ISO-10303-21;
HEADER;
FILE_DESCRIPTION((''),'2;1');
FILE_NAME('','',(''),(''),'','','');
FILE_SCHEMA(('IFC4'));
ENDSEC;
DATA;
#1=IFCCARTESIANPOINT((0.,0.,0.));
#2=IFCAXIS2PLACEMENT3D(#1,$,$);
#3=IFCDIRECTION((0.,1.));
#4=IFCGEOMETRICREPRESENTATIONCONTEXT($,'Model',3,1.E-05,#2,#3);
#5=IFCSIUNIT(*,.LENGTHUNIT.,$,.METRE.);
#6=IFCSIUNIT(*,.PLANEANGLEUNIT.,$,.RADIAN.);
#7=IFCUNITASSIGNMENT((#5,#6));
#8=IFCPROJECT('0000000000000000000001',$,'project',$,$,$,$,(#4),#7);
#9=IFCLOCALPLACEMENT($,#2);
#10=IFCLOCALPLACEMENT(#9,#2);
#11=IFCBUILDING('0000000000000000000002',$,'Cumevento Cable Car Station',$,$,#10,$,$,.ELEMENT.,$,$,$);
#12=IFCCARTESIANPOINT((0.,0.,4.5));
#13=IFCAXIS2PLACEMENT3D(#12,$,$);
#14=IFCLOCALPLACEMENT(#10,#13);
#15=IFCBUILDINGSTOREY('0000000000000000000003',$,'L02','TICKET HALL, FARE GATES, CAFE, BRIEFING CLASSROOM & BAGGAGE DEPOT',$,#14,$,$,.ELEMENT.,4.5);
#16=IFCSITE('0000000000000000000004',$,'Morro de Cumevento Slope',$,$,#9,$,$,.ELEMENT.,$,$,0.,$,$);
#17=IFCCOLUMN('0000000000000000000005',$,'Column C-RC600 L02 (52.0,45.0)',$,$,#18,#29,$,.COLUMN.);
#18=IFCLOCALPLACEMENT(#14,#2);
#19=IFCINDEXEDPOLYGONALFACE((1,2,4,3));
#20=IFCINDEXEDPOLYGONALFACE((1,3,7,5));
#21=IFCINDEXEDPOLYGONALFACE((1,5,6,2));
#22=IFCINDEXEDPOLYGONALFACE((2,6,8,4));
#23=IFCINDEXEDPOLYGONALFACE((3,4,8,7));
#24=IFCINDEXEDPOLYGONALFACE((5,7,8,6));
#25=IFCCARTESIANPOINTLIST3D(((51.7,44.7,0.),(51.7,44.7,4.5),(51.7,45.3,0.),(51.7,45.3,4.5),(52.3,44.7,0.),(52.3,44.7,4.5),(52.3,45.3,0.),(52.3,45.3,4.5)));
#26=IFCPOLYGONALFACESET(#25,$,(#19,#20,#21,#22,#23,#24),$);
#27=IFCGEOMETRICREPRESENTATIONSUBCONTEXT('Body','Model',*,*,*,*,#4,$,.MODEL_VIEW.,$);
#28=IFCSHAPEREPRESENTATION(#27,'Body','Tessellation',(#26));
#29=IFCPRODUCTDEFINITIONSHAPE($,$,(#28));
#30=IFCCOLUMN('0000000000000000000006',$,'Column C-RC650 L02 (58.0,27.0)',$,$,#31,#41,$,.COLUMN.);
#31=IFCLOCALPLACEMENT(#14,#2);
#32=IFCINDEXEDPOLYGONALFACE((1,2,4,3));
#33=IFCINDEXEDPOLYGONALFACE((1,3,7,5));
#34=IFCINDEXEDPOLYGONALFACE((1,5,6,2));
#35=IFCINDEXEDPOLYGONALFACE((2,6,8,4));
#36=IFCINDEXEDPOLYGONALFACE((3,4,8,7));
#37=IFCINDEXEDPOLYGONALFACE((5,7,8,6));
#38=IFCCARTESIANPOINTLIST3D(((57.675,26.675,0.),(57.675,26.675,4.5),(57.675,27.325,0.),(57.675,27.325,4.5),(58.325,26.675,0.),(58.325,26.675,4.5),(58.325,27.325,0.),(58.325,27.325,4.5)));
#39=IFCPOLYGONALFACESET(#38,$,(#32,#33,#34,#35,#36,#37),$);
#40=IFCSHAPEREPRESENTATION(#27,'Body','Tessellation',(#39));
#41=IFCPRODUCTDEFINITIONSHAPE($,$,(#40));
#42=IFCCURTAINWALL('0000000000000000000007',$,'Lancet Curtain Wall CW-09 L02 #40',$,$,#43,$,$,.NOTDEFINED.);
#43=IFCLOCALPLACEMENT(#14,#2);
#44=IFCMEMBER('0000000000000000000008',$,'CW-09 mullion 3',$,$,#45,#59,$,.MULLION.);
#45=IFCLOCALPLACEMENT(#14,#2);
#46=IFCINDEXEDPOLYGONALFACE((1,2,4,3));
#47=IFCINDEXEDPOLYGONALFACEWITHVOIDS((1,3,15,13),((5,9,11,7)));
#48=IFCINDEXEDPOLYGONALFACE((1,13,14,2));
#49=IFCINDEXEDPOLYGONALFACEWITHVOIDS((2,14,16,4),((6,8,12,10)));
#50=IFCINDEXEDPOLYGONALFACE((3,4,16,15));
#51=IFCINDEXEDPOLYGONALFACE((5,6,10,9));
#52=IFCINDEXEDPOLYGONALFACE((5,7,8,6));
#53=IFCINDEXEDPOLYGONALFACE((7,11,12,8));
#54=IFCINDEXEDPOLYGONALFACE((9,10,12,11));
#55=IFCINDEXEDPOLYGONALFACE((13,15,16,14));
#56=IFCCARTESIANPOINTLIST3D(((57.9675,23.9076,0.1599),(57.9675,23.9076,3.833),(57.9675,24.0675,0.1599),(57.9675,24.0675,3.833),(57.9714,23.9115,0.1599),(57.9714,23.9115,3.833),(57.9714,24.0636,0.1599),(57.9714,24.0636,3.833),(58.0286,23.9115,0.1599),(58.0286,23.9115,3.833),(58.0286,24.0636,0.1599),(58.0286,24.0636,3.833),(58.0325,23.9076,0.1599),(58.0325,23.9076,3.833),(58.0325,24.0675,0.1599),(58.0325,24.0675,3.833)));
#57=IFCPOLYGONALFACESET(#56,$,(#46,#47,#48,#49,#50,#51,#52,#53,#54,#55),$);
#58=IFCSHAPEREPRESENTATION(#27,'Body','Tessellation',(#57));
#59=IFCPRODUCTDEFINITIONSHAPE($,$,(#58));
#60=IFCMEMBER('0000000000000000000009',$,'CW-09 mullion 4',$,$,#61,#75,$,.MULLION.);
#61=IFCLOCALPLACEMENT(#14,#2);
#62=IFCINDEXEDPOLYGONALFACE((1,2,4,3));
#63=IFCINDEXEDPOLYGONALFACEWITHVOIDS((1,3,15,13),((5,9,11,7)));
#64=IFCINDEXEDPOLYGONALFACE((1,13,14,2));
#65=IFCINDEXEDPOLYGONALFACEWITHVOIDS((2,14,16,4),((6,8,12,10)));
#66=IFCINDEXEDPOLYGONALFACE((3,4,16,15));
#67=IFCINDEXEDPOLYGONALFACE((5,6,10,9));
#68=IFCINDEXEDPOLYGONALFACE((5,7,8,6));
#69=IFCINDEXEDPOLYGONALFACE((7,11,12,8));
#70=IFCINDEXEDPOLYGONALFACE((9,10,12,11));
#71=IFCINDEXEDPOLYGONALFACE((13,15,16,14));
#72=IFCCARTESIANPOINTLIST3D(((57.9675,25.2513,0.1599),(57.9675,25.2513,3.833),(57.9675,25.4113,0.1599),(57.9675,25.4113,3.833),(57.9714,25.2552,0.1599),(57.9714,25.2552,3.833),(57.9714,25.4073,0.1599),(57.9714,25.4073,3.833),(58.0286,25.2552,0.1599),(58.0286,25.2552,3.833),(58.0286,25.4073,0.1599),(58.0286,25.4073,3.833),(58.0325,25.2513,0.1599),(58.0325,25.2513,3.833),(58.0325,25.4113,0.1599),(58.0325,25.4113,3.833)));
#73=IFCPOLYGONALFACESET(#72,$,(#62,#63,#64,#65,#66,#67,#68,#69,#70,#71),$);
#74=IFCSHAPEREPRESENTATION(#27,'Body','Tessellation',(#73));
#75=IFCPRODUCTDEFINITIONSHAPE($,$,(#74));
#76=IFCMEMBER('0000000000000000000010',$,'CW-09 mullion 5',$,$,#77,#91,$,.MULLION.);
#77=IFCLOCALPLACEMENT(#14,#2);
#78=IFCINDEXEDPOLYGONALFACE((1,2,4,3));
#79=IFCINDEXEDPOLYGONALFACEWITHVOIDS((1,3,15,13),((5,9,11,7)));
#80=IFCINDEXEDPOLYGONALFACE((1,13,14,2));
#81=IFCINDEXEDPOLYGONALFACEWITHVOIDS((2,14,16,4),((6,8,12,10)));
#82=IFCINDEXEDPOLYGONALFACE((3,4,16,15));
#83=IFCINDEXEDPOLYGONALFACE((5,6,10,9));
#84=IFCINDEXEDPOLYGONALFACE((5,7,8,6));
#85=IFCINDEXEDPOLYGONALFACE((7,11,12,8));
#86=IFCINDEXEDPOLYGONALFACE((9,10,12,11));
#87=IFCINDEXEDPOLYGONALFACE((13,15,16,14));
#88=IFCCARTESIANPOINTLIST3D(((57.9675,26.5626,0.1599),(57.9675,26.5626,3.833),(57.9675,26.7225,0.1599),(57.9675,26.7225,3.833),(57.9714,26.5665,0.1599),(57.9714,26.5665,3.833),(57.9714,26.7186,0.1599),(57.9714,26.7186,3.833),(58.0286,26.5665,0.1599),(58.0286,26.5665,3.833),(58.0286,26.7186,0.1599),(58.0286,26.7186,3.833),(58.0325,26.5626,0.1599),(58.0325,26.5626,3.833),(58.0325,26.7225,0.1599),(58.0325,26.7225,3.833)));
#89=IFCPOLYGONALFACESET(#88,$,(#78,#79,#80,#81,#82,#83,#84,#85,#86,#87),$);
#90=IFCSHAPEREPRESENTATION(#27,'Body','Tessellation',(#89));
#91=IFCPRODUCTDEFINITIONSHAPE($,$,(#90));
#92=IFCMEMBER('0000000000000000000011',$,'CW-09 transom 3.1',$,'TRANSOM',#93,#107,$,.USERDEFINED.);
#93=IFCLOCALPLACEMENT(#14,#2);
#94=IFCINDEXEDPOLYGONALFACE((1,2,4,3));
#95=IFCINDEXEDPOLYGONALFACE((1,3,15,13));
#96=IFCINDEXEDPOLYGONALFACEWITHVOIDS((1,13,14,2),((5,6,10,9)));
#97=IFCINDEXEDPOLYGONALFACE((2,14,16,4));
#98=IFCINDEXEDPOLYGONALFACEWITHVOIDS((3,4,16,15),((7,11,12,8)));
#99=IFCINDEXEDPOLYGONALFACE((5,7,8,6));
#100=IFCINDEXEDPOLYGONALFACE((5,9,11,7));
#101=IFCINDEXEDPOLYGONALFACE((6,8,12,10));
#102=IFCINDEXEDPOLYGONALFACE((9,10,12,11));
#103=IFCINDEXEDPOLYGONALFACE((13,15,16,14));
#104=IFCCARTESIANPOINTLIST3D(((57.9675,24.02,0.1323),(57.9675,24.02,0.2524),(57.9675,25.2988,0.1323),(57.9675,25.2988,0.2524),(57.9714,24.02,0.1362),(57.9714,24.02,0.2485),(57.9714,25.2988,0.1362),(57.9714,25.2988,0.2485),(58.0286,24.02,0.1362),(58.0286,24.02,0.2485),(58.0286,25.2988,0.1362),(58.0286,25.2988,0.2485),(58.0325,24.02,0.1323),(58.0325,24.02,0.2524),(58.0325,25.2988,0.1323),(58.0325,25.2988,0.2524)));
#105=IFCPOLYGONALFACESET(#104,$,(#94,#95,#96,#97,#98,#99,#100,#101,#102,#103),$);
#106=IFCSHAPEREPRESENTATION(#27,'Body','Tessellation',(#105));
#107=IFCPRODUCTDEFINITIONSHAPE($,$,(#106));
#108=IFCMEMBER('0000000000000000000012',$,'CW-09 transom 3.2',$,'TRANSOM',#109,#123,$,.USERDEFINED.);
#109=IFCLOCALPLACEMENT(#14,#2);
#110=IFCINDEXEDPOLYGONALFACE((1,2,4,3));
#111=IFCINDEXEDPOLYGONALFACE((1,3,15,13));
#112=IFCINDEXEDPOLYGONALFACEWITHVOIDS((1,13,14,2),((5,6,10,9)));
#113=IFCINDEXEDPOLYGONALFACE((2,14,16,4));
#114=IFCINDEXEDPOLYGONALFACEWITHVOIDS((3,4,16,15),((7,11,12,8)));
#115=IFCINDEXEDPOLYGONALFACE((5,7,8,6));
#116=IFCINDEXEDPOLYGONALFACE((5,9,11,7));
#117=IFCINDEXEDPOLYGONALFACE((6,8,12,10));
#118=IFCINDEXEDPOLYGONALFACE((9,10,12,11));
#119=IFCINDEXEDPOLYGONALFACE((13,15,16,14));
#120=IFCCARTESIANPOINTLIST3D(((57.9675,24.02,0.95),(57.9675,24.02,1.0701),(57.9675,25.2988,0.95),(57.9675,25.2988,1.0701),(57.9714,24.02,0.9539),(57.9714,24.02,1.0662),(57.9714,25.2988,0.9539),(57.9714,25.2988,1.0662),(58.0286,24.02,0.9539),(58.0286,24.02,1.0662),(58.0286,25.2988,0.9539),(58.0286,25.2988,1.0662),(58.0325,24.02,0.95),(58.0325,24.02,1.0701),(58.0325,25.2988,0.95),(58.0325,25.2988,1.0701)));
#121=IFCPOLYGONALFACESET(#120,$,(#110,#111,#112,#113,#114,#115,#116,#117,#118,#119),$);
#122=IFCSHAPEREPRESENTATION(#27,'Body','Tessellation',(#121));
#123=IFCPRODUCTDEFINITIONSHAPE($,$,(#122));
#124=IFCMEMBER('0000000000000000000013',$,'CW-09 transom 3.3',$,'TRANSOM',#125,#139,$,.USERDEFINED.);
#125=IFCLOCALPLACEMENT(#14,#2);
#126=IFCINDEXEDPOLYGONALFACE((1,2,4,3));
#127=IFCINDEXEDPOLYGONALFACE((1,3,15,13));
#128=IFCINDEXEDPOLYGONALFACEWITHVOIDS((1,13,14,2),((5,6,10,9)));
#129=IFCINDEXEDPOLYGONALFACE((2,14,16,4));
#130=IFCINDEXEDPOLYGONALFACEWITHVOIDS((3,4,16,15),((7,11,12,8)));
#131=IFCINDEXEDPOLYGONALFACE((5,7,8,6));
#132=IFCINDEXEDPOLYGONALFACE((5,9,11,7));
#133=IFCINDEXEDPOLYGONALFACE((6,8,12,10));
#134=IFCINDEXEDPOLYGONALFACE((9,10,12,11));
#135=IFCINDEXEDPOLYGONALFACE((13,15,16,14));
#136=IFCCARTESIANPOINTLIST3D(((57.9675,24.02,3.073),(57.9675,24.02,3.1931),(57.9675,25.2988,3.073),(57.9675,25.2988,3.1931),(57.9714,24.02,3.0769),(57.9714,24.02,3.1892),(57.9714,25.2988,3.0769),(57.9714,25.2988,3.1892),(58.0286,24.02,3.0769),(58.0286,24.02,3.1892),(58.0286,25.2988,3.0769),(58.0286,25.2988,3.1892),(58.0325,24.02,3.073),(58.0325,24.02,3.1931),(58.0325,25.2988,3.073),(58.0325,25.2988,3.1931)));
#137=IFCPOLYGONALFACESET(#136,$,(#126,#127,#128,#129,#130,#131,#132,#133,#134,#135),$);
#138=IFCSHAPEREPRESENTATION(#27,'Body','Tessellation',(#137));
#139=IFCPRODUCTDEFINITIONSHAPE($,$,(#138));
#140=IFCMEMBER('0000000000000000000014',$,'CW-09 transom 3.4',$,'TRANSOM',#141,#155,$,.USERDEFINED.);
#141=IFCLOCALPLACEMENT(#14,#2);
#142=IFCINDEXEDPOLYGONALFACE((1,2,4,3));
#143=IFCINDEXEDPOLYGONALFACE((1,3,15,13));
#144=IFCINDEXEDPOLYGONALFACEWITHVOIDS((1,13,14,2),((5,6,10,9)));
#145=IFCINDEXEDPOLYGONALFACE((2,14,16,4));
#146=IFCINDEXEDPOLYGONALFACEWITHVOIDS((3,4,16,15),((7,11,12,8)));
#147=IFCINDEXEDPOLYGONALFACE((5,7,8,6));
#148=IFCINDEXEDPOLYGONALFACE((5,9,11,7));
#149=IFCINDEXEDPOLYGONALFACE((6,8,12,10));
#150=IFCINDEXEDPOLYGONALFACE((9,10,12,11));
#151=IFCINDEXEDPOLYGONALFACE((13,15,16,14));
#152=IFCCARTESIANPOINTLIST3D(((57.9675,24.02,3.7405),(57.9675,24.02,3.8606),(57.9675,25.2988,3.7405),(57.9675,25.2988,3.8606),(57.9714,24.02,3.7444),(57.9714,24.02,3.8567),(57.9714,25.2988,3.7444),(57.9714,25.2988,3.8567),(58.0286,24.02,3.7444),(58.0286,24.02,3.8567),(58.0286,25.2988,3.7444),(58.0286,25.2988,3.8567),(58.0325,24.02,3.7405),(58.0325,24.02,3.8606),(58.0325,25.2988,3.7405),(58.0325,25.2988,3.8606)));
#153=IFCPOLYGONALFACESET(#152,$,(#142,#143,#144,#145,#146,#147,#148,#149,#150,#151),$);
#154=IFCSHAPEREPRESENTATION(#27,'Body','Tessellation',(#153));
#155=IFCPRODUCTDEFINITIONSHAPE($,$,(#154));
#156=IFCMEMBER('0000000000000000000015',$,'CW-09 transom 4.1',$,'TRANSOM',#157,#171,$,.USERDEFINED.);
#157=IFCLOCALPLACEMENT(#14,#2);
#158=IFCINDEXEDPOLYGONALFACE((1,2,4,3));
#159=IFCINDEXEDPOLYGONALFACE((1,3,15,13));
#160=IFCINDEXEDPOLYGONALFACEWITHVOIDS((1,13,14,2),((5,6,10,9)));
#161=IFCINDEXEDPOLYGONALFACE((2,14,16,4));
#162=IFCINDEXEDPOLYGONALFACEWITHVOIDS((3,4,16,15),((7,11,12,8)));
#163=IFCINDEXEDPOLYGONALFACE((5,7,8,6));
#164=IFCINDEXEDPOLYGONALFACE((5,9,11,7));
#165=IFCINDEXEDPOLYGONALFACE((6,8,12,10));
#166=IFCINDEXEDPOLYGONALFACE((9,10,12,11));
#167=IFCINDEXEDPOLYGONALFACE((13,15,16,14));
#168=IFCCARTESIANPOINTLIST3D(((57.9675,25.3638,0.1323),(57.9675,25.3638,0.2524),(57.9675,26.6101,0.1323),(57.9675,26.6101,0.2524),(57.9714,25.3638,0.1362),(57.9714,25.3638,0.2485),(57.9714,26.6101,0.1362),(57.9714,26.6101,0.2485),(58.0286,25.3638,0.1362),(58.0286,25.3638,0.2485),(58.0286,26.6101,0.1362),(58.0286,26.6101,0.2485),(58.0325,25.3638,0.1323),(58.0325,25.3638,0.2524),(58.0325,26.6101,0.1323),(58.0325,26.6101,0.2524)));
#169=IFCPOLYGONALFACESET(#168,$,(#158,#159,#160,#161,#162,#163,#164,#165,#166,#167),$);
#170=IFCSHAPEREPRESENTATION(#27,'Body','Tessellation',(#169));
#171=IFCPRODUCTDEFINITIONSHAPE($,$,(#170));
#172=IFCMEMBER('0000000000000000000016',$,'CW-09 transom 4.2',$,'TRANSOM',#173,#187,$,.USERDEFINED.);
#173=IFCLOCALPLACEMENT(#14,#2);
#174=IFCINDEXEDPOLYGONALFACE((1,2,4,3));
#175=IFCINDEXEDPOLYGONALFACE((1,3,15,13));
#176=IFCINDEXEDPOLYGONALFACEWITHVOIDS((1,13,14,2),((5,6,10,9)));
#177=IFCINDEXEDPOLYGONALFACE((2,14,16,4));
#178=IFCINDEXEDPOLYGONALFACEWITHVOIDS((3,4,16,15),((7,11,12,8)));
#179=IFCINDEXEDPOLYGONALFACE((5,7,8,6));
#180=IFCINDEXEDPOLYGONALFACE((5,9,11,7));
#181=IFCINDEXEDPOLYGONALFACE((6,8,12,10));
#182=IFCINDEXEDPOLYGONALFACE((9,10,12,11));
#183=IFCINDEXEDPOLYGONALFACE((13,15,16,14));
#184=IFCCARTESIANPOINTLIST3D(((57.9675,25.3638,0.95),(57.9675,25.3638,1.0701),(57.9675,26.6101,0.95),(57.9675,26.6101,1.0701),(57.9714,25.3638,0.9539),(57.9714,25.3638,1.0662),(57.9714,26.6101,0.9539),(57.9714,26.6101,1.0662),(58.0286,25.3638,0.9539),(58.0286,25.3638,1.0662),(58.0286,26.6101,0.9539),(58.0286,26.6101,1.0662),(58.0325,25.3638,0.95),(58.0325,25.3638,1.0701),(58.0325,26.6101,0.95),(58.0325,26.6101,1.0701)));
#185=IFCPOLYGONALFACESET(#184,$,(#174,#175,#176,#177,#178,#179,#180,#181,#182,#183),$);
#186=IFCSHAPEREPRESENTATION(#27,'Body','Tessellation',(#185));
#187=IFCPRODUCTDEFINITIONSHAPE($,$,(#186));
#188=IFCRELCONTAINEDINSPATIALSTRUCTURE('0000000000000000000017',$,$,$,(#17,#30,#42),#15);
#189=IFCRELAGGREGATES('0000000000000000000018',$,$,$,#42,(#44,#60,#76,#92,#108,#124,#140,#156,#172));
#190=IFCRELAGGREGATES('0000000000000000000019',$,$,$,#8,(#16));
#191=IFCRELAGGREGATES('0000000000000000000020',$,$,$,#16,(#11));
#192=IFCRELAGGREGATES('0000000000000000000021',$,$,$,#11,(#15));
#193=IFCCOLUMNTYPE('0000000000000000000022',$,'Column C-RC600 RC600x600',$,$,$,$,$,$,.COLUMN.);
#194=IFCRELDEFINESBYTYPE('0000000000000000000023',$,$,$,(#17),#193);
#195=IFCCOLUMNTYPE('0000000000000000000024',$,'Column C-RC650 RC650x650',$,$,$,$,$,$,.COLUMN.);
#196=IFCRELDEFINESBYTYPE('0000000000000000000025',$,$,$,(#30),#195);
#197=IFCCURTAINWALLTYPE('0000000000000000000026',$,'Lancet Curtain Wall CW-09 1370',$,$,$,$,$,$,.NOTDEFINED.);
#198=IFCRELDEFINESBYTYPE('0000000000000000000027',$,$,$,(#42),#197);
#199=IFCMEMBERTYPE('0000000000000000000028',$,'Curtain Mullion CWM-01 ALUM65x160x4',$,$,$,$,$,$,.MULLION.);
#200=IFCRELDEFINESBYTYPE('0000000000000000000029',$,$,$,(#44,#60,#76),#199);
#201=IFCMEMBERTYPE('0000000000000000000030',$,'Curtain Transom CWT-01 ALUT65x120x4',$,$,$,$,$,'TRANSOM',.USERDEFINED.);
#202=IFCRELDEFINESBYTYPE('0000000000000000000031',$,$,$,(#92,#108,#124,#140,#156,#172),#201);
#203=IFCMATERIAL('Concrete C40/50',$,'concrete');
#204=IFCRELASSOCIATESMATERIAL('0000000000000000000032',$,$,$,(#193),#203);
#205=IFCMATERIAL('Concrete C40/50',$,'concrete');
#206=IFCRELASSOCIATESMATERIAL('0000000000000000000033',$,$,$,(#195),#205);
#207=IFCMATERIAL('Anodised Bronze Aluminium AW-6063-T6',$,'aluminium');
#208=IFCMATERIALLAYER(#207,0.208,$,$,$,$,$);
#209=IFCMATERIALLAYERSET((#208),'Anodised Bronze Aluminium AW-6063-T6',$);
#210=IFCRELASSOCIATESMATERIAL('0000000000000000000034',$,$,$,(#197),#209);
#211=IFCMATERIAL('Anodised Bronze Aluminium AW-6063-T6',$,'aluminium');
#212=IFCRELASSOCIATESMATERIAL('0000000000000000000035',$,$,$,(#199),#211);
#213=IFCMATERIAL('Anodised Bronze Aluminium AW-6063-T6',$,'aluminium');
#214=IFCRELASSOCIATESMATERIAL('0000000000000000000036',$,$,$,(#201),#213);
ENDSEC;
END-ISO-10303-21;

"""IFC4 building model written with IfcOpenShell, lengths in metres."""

from ifc_helpers import new_model, si_unit, direction, frame, origin, origin_2d, place, context, subcontext, project, spatial, rectangle, hollow_rectangle, extrude, material, layer, layer_set, material_profile, profile_set, type_object, element, aggregate, save


model = new_model("IFC4")

# Units and contexts
model_context = context("Model", 3, precision=1e-05, world=origin(), true_north=direction((0.0, 1.0)))
body_context = subcontext(model_context, "Body", "Model", "MODEL_VIEW")
ifc_project = project(units=[si_unit("LENGTHUNIT", "METRE"), si_unit("PLANEANGLEUNIT", "RADIAN")], contexts=[model_context])

# Site, building, storey
site_placement = place(None, origin())
site = spatial("IfcSite", under=ifc_project, at=site_placement, Name="Morro de Cumevento Slope", CompositionType="ELEMENT", RefElevation=0.0)
building_placement = place(site_placement, origin())
building = spatial("IfcBuilding", under=site, at=building_placement, Name="Cumevento Cable Car Station", CompositionType="ELEMENT")
storey_placement = place(building_placement, frame((0.0, 0.0, 4.5)))
storey = spatial("IfcBuildingStorey", under=building, at=storey_placement, Name="L02", Description="TICKET HALL, FARE GATES, CAFE, BRIEFING CLASSROOM & BAGGAGE DEPOT", CompositionType="ELEMENT", Elevation=4.5)

# Columns
ifc_material_1 = material(Name="Concrete C40/50", Category="concrete")
ifc_material_profile_1 = material_profile(ifc_material_1, rectangle(XDim=0.6001, YDim=0.6001, at=origin_2d()), Name="RC600x600")
ifc_profile_set_1 = profile_set([ifc_material_profile_1], Name="Concrete C40/50")
column_type_1 = type_object("IfcColumnType", Name="Column C-RC600 RC600x600", PredefinedType="COLUMN", material=ifc_profile_set_1)
column_1_placement = place(storey_placement, frame((52.0, 45.0, 0.0), z_axis=(0.0, 0.0, 1.0), x_axis=(1.0, 0.0, 0.0)))
element("IfcColumn", 1, at=column_1_placement, inside=storey, type_object=column_type_1, Name="Column C-RC600 L02 (52.0,45.0)", PredefinedType="COLUMN", context=body_context, shape_type="SweptSolid", body=[
    extrude(rectangle(XDim=0.6001, YDim=0.6001, at=origin_2d()), origin(), (0.0, 0.0, 1.0), 4.5),
])
ifc_material_2 = material(Name="Concrete C40/50", Category="concrete")
ifc_material_profile_2 = material_profile(ifc_material_2, rectangle(XDim=0.6499, YDim=0.6499, at=origin_2d()), Name="RC650x650")
ifc_profile_set_2 = profile_set([ifc_material_profile_2], Name="Concrete C40/50")
column_type_2 = type_object("IfcColumnType", Name="Column C-RC650 RC650x650", PredefinedType="COLUMN", material=ifc_profile_set_2)
column_2_placement = place(storey_placement, frame((58.0, 27.0, 0.0), z_axis=(0.0, 0.0, 1.0), x_axis=(1.0, 0.0, 0.0)))
element("IfcColumn", 2, at=column_2_placement, inside=storey, type_object=column_type_2, Name="Column C-RC650 L02 (58.0,27.0)", PredefinedType="COLUMN", context=body_context, shape_type="SweptSolid", body=[
    extrude(rectangle(XDim=0.6499, YDim=0.6499, at=origin_2d()), origin(), (0.0, 0.0, 1.0), 4.5),
])

# Curtain wall, members
ifc_material_3 = material(Name="Anodised Bronze Aluminium AW-6063-T6", Category="aluminium")
ifc_layer_1 = layer(ifc_material_3, 0.208)
ifc_layer_set_1 = layer_set([ifc_layer_1], Name="Anodised Bronze Aluminium AW-6063-T6")
curtain_wall_type = type_object("IfcCurtainWallType", Name="Lancet Curtain Wall CW-09 1370", PredefinedType="NOTDEFINED", material=ifc_layer_set_1)
curtain_wall_placement = place(storey_placement, origin())
curtain_wall = element("IfcCurtainWall", 3, at=curtain_wall_placement, inside=storey, type_object=curtain_wall_type, Name="Lancet Curtain Wall CW-09 L02 #40", PredefinedType="NOTDEFINED")
ifc_material_4 = material(Name="Anodised Bronze Aluminium AW-6063-T6", Category="aluminium")
ifc_material_profile_3 = material_profile(ifc_material_4, hollow_rectangle(XDim=0.0649, YDim=0.1599, WallThickness=0.0039, at=origin_2d()), Name="ALUM65x160x4")
ifc_profile_set_3 = profile_set([ifc_material_profile_3], Name="Anodised Bronze Aluminium AW-6063-T6")
member_type_1 = type_object("IfcMemberType", Name="Curtain Mullion CWM-01 ALUM65x160x4", PredefinedType="MULLION", material=ifc_profile_set_3)
member_1_placement = place(storey_placement, frame((58.0, 23.9875, 0.1599), z_axis=(0.0, 0.0, 1.0), x_axis=(-1.0, 0.0, 0.0)))
member_1 = element("IfcMember", 4, at=member_1_placement, type_object=member_type_1, Name="CW-09 mullion 3", PredefinedType="MULLION", context=body_context, shape_type="SweptSolid", body=[
    extrude(hollow_rectangle(XDim=0.0649, YDim=0.1599, WallThickness=0.0039, at=origin_2d()), origin(), (0.0, 0.0, 1.0), 3.6731),
])
member_2_placement = place(storey_placement, frame((58.0, 25.3313, 0.1599), z_axis=(0.0, 0.0, 1.0), x_axis=(-1.0, 0.0, 0.0)))
member_2 = element("IfcMember", 5, at=member_2_placement, type_object=member_type_1, Name="CW-09 mullion 4", PredefinedType="MULLION", context=body_context, shape_type="SweptSolid", body=[
    extrude(hollow_rectangle(XDim=0.0649, YDim=0.1599, WallThickness=0.0039, at=origin_2d()), origin(), (0.0, 0.0, 1.0), 3.6731),
])
member_3_placement = place(storey_placement, frame((58.0, 26.6426, 0.1599), z_axis=(0.0, 0.0, 1.0), x_axis=(-1.0, 0.0, 0.0)))
member_3 = element("IfcMember", 6, at=member_3_placement, type_object=member_type_1, Name="CW-09 mullion 5", PredefinedType="MULLION", context=body_context, shape_type="SweptSolid", body=[
    extrude(hollow_rectangle(XDim=0.0649, YDim=0.1599, WallThickness=0.0039, at=origin_2d()), origin(), (0.0, 0.0, 1.0), 3.6731),
])
ifc_material_5 = material(Name="Anodised Bronze Aluminium AW-6063-T6", Category="aluminium")
ifc_material_profile_4 = material_profile(ifc_material_5, hollow_rectangle(XDim=0.0649, YDim=0.1201, WallThickness=0.0039, at=origin_2d()), Name="ALUT65x120x4")
ifc_profile_set_4 = profile_set([ifc_material_profile_4], Name="Anodised Bronze Aluminium AW-6063-T6")
member_type_2 = type_object("IfcMemberType", Name="Curtain Transom CWT-01 ALUT65x120x4", ElementType="TRANSOM", PredefinedType="USERDEFINED", material=ifc_profile_set_4)
member_4_placement = place(storey_placement, frame((58.0, 24.02, 0.1924), z_axis=(0.0, 1.0, 0.0), x_axis=(-1.0, 0.0, 0.0)))
member_4 = element("IfcMember", 7, at=member_4_placement, type_object=member_type_2, Name="CW-09 transom 3.1", ObjectType="TRANSOM", PredefinedType="USERDEFINED", context=body_context, shape_type="SweptSolid", body=[
    extrude(hollow_rectangle(XDim=0.0649, YDim=0.1201, WallThickness=0.0039, at=origin_2d()), origin(), (0.0, 0.0, 1.0), 1.2788),
])
member_5_placement = place(storey_placement, frame((58.0, 24.02, 1.01), z_axis=(0.0, 1.0, 0.0), x_axis=(-1.0, 0.0, 0.0)))
member_5 = element("IfcMember", 8, at=member_5_placement, type_object=member_type_2, Name="CW-09 transom 3.2", ObjectType="TRANSOM", PredefinedType="USERDEFINED", context=body_context, shape_type="SweptSolid", body=[
    extrude(hollow_rectangle(XDim=0.0649, YDim=0.1201, WallThickness=0.0039, at=origin_2d()), origin(), (0.0, 0.0, 1.0), 1.2788),
])
member_6_placement = place(storey_placement, frame((58.0, 24.02, 3.1331), z_axis=(0.0, 1.0, 0.0), x_axis=(-1.0, 0.0, 0.0)))
member_6 = element("IfcMember", 9, at=member_6_placement, type_object=member_type_2, Name="CW-09 transom 3.3", ObjectType="TRANSOM", PredefinedType="USERDEFINED", context=body_context, shape_type="SweptSolid", body=[
    extrude(hollow_rectangle(XDim=0.0649, YDim=0.1201, WallThickness=0.0039, at=origin_2d()), origin(), (0.0, 0.0, 1.0), 1.2788),
])
member_7_placement = place(storey_placement, frame((58.0, 24.02, 3.8005), z_axis=(0.0, 1.0, 0.0), x_axis=(-1.0, 0.0, 0.0)))
member_7 = element("IfcMember", 10, at=member_7_placement, type_object=member_type_2, Name="CW-09 transom 3.4", ObjectType="TRANSOM", PredefinedType="USERDEFINED", context=body_context, shape_type="SweptSolid", body=[
    extrude(hollow_rectangle(XDim=0.0649, YDim=0.1201, WallThickness=0.0039, at=origin_2d()), origin(), (0.0, 0.0, 1.0), 1.2788),
])
member_8_placement = place(storey_placement, frame((58.0, 25.3638, 0.1924), z_axis=(0.0, 1.0, 0.0), x_axis=(-1.0, 0.0, 0.0)))
member_8 = element("IfcMember", 11, at=member_8_placement, type_object=member_type_2, Name="CW-09 transom 4.1", ObjectType="TRANSOM", PredefinedType="USERDEFINED", context=body_context, shape_type="SweptSolid", body=[
    extrude(hollow_rectangle(XDim=0.0649, YDim=0.1201, WallThickness=0.0039, at=origin_2d()), origin(), (0.0, 0.0, 1.0), 1.2463),
])
member_9_placement = place(storey_placement, frame((58.0, 25.3638, 1.01), z_axis=(0.0, 1.0, 0.0), x_axis=(-1.0, 0.0, 0.0)))
member_9 = element("IfcMember", 12, at=member_9_placement, type_object=member_type_2, Name="CW-09 transom 4.2", ObjectType="TRANSOM", PredefinedType="USERDEFINED", context=body_context, shape_type="SweptSolid", body=[
    extrude(hollow_rectangle(XDim=0.0649, YDim=0.1201, WallThickness=0.0039, at=origin_2d()), origin(), (0.0, 0.0, 1.0), 1.2463),
])

aggregate(curtain_wall, [member_1, member_2, member_3, member_4, member_5, member_6, member_7, member_8, member_9])

save(model, "model.ifc")
